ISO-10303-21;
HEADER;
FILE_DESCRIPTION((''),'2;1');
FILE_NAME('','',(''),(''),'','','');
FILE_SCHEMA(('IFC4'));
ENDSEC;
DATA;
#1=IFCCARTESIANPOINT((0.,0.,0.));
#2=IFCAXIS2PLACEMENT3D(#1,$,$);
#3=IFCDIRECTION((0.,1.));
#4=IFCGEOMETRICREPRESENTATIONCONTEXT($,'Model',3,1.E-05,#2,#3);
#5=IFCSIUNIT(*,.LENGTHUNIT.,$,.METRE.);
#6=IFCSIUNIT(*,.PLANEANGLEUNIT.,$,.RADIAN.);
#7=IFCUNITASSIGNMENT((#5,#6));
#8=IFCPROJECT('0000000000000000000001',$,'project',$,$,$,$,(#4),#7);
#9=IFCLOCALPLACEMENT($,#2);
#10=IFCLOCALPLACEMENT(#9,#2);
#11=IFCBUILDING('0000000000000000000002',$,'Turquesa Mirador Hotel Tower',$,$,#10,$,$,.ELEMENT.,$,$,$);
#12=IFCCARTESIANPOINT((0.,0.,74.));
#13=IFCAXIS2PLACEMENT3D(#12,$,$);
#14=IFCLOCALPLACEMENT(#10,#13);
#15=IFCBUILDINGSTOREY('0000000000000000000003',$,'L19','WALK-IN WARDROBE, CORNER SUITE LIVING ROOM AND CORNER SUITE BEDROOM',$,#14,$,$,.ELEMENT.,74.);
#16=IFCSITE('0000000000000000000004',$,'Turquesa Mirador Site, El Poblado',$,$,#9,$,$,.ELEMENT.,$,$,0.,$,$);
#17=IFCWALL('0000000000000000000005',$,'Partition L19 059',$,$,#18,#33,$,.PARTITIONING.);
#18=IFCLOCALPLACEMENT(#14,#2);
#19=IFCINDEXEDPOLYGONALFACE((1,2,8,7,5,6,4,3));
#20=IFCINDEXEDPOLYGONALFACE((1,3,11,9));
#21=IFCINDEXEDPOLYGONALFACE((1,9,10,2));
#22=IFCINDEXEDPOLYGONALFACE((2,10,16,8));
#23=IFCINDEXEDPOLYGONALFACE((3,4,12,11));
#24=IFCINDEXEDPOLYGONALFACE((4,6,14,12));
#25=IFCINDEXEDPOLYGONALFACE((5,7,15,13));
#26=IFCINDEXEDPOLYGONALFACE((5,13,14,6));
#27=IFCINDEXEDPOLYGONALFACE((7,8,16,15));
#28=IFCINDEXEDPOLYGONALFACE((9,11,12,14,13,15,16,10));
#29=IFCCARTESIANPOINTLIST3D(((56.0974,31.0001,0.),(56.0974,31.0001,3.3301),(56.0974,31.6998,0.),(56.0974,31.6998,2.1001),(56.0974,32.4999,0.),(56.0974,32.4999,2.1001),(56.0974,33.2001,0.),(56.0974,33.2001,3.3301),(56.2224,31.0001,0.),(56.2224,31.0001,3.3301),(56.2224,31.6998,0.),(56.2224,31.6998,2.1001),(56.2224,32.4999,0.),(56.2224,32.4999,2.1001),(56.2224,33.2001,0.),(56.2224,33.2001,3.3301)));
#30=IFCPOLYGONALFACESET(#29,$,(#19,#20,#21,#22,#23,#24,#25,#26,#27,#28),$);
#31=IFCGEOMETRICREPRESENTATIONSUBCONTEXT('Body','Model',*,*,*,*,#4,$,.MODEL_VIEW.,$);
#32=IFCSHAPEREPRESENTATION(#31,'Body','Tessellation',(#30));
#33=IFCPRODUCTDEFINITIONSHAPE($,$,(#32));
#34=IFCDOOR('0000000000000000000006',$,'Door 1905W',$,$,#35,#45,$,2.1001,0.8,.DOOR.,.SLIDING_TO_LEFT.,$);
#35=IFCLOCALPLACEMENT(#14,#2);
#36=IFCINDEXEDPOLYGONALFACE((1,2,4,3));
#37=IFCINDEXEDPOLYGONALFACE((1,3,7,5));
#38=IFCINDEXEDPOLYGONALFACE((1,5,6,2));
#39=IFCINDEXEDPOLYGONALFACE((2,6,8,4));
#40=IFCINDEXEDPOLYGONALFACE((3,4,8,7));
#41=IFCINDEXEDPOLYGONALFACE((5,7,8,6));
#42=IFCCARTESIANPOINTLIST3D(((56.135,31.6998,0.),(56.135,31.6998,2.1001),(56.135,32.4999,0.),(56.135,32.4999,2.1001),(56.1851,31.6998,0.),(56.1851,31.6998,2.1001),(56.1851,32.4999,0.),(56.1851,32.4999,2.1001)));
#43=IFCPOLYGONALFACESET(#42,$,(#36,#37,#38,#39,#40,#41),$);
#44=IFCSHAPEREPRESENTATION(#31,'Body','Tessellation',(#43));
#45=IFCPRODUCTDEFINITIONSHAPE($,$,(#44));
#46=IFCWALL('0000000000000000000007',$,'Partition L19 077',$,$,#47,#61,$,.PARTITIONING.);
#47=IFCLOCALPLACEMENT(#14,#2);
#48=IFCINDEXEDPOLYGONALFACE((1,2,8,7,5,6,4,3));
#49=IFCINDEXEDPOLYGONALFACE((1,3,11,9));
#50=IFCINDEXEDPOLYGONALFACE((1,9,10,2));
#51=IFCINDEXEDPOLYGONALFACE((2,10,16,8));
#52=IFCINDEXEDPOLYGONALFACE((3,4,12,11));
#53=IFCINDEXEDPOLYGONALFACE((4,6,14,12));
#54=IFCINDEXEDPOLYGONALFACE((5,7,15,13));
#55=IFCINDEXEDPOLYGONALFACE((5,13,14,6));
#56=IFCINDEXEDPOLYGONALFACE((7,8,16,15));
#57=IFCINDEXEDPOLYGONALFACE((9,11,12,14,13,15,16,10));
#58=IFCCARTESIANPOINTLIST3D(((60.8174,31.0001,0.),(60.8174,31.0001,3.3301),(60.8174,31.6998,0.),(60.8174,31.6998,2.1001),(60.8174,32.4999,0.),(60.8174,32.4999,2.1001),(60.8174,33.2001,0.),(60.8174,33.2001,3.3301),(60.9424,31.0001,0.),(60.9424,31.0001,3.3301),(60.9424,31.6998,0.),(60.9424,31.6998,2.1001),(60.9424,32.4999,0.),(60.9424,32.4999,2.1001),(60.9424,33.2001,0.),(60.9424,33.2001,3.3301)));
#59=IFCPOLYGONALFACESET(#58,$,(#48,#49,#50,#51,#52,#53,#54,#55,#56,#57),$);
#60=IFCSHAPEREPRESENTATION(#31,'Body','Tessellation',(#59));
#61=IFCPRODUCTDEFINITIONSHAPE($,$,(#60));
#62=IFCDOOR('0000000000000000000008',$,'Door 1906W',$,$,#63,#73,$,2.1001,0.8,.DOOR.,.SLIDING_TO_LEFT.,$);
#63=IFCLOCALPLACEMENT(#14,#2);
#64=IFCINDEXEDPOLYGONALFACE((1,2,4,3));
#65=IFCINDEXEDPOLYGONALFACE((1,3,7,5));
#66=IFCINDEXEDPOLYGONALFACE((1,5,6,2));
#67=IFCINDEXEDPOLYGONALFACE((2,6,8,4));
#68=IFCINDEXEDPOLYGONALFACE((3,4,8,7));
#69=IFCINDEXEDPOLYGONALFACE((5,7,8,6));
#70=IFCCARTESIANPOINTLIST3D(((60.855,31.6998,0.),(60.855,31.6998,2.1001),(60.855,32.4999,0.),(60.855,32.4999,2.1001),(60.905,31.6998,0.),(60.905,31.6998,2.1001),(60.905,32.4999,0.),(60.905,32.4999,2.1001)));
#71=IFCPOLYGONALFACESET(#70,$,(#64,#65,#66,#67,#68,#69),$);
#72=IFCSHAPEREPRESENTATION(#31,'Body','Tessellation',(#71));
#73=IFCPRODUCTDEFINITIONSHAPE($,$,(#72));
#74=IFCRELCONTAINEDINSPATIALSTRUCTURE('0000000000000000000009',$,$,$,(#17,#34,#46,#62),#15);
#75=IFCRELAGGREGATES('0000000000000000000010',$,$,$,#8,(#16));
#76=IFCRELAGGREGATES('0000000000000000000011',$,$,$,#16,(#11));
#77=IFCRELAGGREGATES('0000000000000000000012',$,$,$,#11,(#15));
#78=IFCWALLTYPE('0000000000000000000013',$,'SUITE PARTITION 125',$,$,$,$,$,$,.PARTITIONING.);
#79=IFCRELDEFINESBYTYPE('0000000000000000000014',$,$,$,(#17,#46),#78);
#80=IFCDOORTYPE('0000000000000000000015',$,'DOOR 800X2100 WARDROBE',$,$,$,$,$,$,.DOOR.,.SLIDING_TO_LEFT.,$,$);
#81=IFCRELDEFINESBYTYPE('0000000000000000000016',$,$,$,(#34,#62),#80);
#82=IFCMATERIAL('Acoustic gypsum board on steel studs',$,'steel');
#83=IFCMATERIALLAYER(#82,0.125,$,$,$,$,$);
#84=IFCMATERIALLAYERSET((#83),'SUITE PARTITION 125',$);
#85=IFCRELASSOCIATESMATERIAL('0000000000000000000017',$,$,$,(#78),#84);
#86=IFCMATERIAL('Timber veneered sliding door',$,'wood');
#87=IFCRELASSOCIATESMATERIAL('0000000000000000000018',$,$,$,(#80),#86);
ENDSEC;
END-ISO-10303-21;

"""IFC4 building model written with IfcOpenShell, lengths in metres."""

from ifc_helpers import new_model, si_unit, direction, frame, frame_2d, origin, place, context, subcontext, project, spatial, rectangle, extrude, material, layer, layer_set, type_object, element, fill, save


model = new_model("IFC4")

# Units and contexts
model_context = context("Model", 3, precision=1e-05, world=origin(), true_north=direction((0.0, 1.0)))
body_context = subcontext(model_context, "Body", "Model", "MODEL_VIEW")
ifc_project = project(units=[si_unit("LENGTHUNIT", "METRE"), si_unit("PLANEANGLEUNIT", "RADIAN")], contexts=[model_context])

# Site, building, storey
site_placement = place(None, origin())
site = spatial("IfcSite", under=ifc_project, at=site_placement, Name="Turquesa Mirador Site, El Poblado", CompositionType="ELEMENT", RefElevation=0.0)
building_placement = place(site_placement, origin())
building = spatial("IfcBuilding", under=site, at=building_placement, Name="Turquesa Mirador Hotel Tower", CompositionType="ELEMENT")
storey_placement = place(building_placement, frame((0.0, 0.0, 74.0)))
storey = spatial("IfcBuildingStorey", under=building, at=storey_placement, Name="L19", Description="WALK-IN WARDROBE, CORNER SUITE LIVING ROOM AND CORNER SUITE BEDROOM", CompositionType="ELEMENT", Elevation=74.0)

# Shared definitions
ifc_material_1 = material(Name="Acoustic gypsum board on steel studs", Category="steel")
ifc_layer_1 = layer(ifc_material_1, 0.125)
ifc_layer_set_1 = layer_set([ifc_layer_1], Name="SUITE PARTITION 125")
wall_type_1 = type_object("IfcWallType", Name="SUITE PARTITION 125", PredefinedType="PARTITIONING", material=ifc_layer_set_1)

# Walls, openings, doors
wall_1_placement = place(storey_placement, frame((56.1599, 31.0, 0.0), z_axis=(0.0, 0.0, 1.0), x_axis=(0.0, 1.0, 0.0)))
wall_1 = element("IfcWall", 1, at=wall_1_placement, inside=storey, type_object=wall_type_1, Name="Partition L19 059", PredefinedType="PARTITIONING", context=body_context, shape_type="SweptSolid", body=[
    extrude(rectangle(XDim=2.2, YDim=0.125, at=frame_2d((1.1001, 0.0))), origin(), (0.0, 0.0, 1.0), 3.3301),
])
opening_1_placement = place(wall_1_placement, frame((0.7, 0.0, 0.0)))
opening_1 = element("IfcOpeningElement", 2, at=opening_1_placement, cuts=wall_1, PredefinedType="OPENING", context=body_context, shape_type="SweptSolid", body=[
    extrude(rectangle(XDim=0.8, YDim=2.1001, at=frame_2d((0.3999, 1.05))), frame((0.0, 0.0725, 0.0), z_axis=(0.0, -1.0, 0.0), x_axis=(1.0, 0.0, 0.0)), (0.0, 0.0, 1.0), 0.145),
])
ifc_material_2 = material(Name="Timber veneered sliding door", Category="wood")
door_type_1 = type_object("IfcDoorType", Name="DOOR 800X2100 WARDROBE", OperationType="SLIDING_TO_LEFT", PredefinedType="DOOR", material=ifc_material_2)
door_1_placement = place(opening_1_placement, origin())
door_1 = element("IfcDoor", 3, at=door_1_placement, inside=storey, type_object=door_type_1, Name="Door 1905W", OperationType="SLIDING_TO_LEFT", OverallHeight=2.1001, OverallWidth=0.8, PredefinedType="DOOR", context=body_context, shape_type="SweptSolid", body=[
    extrude(rectangle(XDim=0.8, YDim=2.1001, at=frame_2d((0.3999, 1.05))), frame((0.0, 0.0249, 0.0), z_axis=(0.0, -1.0, 0.0), x_axis=(1.0, 0.0, 0.0)), (0.0, 0.0, 1.0), 0.05),
])
fill(opening_1, door_1)
wall_2_placement = place(storey_placement, frame((60.8799, 31.0, 0.0), z_axis=(0.0, 0.0, 1.0), x_axis=(0.0, 1.0, 0.0)))
wall_2 = element("IfcWall", 4, at=wall_2_placement, inside=storey, type_object=wall_type_1, Name="Partition L19 077", PredefinedType="PARTITIONING", context=body_context, shape_type="SweptSolid", body=[
    extrude(rectangle(XDim=2.2, YDim=0.125, at=frame_2d((1.1001, 0.0))), origin(), (0.0, 0.0, 1.0), 3.3301),
])
opening_2_placement = place(wall_2_placement, frame((0.7, 0.0, 0.0)))
opening_2 = element("IfcOpeningElement", 5, at=opening_2_placement, cuts=wall_2, PredefinedType="OPENING", context=body_context, shape_type="SweptSolid", body=[
    extrude(rectangle(XDim=0.8, YDim=2.1001, at=frame_2d((0.3999, 1.05))), frame((0.0, 0.0725, 0.0), z_axis=(0.0, -1.0, 0.0), x_axis=(1.0, 0.0, 0.0)), (0.0, 0.0, 1.0), 0.145),
])
door_2_placement = place(opening_2_placement, origin())
door_2 = element("IfcDoor", 6, at=door_2_placement, inside=storey, type_object=door_type_1, Name="Door 1906W", OperationType="SLIDING_TO_LEFT", OverallHeight=2.1001, OverallWidth=0.8, PredefinedType="DOOR", context=body_context, shape_type="SweptSolid", body=[
    extrude(rectangle(XDim=0.8, YDim=2.1001, at=frame_2d((0.3999, 1.05))), frame((0.0, 0.0249, 0.0), z_axis=(0.0, -1.0, 0.0), x_axis=(1.0, 0.0, 0.0)), (0.0, 0.0, 1.0), 0.05),
])
fill(opening_2, door_2)

save(model, "model.ifc")
